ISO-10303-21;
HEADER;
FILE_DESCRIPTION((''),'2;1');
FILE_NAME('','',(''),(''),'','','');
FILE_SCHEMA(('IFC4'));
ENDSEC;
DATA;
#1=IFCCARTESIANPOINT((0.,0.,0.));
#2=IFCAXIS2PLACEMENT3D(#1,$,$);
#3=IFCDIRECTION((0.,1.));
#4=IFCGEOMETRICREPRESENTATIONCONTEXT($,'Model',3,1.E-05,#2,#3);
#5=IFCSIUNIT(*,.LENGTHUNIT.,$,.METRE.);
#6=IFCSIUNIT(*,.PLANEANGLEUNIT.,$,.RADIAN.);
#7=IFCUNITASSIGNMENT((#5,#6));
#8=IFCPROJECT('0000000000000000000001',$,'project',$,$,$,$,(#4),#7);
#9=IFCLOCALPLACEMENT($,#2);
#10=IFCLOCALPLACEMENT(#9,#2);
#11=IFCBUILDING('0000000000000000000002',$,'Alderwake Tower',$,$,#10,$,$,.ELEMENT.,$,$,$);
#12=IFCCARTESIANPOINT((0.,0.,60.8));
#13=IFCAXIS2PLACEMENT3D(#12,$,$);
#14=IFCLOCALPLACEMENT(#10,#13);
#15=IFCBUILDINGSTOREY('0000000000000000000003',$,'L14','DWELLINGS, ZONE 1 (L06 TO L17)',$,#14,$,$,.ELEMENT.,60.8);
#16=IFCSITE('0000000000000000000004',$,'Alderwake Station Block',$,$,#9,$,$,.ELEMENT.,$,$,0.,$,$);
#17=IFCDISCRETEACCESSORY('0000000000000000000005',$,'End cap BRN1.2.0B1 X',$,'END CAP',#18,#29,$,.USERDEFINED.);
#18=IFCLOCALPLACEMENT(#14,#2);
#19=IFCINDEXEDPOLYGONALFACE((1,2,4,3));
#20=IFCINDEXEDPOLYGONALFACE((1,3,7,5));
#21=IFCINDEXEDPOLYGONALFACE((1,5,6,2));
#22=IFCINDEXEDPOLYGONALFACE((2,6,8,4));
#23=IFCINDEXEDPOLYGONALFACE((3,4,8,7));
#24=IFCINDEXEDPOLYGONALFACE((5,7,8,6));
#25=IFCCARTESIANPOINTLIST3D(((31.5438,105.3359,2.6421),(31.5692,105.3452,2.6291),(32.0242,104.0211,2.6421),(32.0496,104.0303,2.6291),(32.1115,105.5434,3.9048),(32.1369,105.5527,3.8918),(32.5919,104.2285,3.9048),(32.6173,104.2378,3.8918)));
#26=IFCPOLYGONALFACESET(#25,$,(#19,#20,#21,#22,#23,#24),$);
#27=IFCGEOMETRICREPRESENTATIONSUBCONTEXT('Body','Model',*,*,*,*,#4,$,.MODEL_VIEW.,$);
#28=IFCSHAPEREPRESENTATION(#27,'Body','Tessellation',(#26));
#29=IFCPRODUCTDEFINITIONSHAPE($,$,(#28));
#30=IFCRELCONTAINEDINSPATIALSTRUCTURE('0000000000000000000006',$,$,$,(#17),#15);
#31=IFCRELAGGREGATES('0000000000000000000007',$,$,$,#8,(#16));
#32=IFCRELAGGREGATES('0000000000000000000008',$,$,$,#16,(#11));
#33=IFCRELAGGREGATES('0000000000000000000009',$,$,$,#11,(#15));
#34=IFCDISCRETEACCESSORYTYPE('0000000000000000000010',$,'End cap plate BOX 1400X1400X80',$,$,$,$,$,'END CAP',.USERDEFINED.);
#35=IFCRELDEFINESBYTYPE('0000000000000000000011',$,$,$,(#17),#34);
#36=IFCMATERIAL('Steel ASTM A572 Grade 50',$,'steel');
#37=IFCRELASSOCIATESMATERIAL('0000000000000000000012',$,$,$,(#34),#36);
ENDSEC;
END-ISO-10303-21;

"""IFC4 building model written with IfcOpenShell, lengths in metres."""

from ifc_helpers import new_model, si_unit, direction, frame, origin, origin_2d, place, context, subcontext, project, spatial, rectangle, extrude, material, material_profile, profile_set, type_object, element, save


model = new_model("IFC4")

# Units and contexts
model_context = context("Model", 3, precision=1e-05, world=origin(), true_north=direction((0.0, 1.0)))
body_context = subcontext(model_context, "Body", "Model", "MODEL_VIEW")
ifc_project = project(units=[si_unit("LENGTHUNIT", "METRE"), si_unit("PLANEANGLEUNIT", "RADIAN")], contexts=[model_context])

# Site, building, storey
site_placement = place(None, origin())
site = spatial("IfcSite", under=ifc_project, at=site_placement, Name="Alderwake Station Block", CompositionType="ELEMENT", RefElevation=0.0)
building_placement = place(site_placement, origin())
building = spatial("IfcBuilding", under=site, at=building_placement, Name="Alderwake Tower", CompositionType="ELEMENT")
storey_placement = place(building_placement, frame((0.0, 0.0, 60.8)))
storey = spatial("IfcBuildingStorey", under=building, at=storey_placement, Name="L14", Description="DWELLINGS, ZONE 1 (L06 TO L17)", CompositionType="ELEMENT", Elevation=60.8)

# Discrete accessory
ifc_material_1 = material(Name="Steel ASTM A572 Grade 50", Category="steel")
ifc_material_profile_1 = material_profile(ifc_material_1, rectangle(XDim=1.3999, YDim=1.3999, at=origin_2d()), Name="BOX 1400X1400X80 cap")
ifc_profile_set_1 = profile_set([ifc_material_profile_1], Name="Steel ASTM A572 Grade 50")
discrete_accessory_type = type_object("IfcDiscreteAccessoryType", Name="End cap plate BOX 1400X1400X80", ElementType="END CAP", PredefinedType="USERDEFINED", material=ifc_profile_set_1)
discrete_accessory_placement = place(storey_placement, frame((32.0933, 104.7915, 3.2605), z_axis=(-0.84721, -0.309558, 0.431751), x_axis=(0.343193, -0.939265, 0.0)))
element("IfcDiscreteAccessory", 1, at=discrete_accessory_placement, inside=storey, type_object=discrete_accessory_type, Name="End cap BRN1.2.0B1 X", ObjectType="END CAP", PredefinedType="USERDEFINED", context=body_context, shape_type="SweptSolid", body=[
    extrude(rectangle(XDim=1.3999, YDim=1.3999, at=origin_2d()), origin(), (0.0, 0.0, 1.0), 0.03),
])

save(model, "model.ifc")
